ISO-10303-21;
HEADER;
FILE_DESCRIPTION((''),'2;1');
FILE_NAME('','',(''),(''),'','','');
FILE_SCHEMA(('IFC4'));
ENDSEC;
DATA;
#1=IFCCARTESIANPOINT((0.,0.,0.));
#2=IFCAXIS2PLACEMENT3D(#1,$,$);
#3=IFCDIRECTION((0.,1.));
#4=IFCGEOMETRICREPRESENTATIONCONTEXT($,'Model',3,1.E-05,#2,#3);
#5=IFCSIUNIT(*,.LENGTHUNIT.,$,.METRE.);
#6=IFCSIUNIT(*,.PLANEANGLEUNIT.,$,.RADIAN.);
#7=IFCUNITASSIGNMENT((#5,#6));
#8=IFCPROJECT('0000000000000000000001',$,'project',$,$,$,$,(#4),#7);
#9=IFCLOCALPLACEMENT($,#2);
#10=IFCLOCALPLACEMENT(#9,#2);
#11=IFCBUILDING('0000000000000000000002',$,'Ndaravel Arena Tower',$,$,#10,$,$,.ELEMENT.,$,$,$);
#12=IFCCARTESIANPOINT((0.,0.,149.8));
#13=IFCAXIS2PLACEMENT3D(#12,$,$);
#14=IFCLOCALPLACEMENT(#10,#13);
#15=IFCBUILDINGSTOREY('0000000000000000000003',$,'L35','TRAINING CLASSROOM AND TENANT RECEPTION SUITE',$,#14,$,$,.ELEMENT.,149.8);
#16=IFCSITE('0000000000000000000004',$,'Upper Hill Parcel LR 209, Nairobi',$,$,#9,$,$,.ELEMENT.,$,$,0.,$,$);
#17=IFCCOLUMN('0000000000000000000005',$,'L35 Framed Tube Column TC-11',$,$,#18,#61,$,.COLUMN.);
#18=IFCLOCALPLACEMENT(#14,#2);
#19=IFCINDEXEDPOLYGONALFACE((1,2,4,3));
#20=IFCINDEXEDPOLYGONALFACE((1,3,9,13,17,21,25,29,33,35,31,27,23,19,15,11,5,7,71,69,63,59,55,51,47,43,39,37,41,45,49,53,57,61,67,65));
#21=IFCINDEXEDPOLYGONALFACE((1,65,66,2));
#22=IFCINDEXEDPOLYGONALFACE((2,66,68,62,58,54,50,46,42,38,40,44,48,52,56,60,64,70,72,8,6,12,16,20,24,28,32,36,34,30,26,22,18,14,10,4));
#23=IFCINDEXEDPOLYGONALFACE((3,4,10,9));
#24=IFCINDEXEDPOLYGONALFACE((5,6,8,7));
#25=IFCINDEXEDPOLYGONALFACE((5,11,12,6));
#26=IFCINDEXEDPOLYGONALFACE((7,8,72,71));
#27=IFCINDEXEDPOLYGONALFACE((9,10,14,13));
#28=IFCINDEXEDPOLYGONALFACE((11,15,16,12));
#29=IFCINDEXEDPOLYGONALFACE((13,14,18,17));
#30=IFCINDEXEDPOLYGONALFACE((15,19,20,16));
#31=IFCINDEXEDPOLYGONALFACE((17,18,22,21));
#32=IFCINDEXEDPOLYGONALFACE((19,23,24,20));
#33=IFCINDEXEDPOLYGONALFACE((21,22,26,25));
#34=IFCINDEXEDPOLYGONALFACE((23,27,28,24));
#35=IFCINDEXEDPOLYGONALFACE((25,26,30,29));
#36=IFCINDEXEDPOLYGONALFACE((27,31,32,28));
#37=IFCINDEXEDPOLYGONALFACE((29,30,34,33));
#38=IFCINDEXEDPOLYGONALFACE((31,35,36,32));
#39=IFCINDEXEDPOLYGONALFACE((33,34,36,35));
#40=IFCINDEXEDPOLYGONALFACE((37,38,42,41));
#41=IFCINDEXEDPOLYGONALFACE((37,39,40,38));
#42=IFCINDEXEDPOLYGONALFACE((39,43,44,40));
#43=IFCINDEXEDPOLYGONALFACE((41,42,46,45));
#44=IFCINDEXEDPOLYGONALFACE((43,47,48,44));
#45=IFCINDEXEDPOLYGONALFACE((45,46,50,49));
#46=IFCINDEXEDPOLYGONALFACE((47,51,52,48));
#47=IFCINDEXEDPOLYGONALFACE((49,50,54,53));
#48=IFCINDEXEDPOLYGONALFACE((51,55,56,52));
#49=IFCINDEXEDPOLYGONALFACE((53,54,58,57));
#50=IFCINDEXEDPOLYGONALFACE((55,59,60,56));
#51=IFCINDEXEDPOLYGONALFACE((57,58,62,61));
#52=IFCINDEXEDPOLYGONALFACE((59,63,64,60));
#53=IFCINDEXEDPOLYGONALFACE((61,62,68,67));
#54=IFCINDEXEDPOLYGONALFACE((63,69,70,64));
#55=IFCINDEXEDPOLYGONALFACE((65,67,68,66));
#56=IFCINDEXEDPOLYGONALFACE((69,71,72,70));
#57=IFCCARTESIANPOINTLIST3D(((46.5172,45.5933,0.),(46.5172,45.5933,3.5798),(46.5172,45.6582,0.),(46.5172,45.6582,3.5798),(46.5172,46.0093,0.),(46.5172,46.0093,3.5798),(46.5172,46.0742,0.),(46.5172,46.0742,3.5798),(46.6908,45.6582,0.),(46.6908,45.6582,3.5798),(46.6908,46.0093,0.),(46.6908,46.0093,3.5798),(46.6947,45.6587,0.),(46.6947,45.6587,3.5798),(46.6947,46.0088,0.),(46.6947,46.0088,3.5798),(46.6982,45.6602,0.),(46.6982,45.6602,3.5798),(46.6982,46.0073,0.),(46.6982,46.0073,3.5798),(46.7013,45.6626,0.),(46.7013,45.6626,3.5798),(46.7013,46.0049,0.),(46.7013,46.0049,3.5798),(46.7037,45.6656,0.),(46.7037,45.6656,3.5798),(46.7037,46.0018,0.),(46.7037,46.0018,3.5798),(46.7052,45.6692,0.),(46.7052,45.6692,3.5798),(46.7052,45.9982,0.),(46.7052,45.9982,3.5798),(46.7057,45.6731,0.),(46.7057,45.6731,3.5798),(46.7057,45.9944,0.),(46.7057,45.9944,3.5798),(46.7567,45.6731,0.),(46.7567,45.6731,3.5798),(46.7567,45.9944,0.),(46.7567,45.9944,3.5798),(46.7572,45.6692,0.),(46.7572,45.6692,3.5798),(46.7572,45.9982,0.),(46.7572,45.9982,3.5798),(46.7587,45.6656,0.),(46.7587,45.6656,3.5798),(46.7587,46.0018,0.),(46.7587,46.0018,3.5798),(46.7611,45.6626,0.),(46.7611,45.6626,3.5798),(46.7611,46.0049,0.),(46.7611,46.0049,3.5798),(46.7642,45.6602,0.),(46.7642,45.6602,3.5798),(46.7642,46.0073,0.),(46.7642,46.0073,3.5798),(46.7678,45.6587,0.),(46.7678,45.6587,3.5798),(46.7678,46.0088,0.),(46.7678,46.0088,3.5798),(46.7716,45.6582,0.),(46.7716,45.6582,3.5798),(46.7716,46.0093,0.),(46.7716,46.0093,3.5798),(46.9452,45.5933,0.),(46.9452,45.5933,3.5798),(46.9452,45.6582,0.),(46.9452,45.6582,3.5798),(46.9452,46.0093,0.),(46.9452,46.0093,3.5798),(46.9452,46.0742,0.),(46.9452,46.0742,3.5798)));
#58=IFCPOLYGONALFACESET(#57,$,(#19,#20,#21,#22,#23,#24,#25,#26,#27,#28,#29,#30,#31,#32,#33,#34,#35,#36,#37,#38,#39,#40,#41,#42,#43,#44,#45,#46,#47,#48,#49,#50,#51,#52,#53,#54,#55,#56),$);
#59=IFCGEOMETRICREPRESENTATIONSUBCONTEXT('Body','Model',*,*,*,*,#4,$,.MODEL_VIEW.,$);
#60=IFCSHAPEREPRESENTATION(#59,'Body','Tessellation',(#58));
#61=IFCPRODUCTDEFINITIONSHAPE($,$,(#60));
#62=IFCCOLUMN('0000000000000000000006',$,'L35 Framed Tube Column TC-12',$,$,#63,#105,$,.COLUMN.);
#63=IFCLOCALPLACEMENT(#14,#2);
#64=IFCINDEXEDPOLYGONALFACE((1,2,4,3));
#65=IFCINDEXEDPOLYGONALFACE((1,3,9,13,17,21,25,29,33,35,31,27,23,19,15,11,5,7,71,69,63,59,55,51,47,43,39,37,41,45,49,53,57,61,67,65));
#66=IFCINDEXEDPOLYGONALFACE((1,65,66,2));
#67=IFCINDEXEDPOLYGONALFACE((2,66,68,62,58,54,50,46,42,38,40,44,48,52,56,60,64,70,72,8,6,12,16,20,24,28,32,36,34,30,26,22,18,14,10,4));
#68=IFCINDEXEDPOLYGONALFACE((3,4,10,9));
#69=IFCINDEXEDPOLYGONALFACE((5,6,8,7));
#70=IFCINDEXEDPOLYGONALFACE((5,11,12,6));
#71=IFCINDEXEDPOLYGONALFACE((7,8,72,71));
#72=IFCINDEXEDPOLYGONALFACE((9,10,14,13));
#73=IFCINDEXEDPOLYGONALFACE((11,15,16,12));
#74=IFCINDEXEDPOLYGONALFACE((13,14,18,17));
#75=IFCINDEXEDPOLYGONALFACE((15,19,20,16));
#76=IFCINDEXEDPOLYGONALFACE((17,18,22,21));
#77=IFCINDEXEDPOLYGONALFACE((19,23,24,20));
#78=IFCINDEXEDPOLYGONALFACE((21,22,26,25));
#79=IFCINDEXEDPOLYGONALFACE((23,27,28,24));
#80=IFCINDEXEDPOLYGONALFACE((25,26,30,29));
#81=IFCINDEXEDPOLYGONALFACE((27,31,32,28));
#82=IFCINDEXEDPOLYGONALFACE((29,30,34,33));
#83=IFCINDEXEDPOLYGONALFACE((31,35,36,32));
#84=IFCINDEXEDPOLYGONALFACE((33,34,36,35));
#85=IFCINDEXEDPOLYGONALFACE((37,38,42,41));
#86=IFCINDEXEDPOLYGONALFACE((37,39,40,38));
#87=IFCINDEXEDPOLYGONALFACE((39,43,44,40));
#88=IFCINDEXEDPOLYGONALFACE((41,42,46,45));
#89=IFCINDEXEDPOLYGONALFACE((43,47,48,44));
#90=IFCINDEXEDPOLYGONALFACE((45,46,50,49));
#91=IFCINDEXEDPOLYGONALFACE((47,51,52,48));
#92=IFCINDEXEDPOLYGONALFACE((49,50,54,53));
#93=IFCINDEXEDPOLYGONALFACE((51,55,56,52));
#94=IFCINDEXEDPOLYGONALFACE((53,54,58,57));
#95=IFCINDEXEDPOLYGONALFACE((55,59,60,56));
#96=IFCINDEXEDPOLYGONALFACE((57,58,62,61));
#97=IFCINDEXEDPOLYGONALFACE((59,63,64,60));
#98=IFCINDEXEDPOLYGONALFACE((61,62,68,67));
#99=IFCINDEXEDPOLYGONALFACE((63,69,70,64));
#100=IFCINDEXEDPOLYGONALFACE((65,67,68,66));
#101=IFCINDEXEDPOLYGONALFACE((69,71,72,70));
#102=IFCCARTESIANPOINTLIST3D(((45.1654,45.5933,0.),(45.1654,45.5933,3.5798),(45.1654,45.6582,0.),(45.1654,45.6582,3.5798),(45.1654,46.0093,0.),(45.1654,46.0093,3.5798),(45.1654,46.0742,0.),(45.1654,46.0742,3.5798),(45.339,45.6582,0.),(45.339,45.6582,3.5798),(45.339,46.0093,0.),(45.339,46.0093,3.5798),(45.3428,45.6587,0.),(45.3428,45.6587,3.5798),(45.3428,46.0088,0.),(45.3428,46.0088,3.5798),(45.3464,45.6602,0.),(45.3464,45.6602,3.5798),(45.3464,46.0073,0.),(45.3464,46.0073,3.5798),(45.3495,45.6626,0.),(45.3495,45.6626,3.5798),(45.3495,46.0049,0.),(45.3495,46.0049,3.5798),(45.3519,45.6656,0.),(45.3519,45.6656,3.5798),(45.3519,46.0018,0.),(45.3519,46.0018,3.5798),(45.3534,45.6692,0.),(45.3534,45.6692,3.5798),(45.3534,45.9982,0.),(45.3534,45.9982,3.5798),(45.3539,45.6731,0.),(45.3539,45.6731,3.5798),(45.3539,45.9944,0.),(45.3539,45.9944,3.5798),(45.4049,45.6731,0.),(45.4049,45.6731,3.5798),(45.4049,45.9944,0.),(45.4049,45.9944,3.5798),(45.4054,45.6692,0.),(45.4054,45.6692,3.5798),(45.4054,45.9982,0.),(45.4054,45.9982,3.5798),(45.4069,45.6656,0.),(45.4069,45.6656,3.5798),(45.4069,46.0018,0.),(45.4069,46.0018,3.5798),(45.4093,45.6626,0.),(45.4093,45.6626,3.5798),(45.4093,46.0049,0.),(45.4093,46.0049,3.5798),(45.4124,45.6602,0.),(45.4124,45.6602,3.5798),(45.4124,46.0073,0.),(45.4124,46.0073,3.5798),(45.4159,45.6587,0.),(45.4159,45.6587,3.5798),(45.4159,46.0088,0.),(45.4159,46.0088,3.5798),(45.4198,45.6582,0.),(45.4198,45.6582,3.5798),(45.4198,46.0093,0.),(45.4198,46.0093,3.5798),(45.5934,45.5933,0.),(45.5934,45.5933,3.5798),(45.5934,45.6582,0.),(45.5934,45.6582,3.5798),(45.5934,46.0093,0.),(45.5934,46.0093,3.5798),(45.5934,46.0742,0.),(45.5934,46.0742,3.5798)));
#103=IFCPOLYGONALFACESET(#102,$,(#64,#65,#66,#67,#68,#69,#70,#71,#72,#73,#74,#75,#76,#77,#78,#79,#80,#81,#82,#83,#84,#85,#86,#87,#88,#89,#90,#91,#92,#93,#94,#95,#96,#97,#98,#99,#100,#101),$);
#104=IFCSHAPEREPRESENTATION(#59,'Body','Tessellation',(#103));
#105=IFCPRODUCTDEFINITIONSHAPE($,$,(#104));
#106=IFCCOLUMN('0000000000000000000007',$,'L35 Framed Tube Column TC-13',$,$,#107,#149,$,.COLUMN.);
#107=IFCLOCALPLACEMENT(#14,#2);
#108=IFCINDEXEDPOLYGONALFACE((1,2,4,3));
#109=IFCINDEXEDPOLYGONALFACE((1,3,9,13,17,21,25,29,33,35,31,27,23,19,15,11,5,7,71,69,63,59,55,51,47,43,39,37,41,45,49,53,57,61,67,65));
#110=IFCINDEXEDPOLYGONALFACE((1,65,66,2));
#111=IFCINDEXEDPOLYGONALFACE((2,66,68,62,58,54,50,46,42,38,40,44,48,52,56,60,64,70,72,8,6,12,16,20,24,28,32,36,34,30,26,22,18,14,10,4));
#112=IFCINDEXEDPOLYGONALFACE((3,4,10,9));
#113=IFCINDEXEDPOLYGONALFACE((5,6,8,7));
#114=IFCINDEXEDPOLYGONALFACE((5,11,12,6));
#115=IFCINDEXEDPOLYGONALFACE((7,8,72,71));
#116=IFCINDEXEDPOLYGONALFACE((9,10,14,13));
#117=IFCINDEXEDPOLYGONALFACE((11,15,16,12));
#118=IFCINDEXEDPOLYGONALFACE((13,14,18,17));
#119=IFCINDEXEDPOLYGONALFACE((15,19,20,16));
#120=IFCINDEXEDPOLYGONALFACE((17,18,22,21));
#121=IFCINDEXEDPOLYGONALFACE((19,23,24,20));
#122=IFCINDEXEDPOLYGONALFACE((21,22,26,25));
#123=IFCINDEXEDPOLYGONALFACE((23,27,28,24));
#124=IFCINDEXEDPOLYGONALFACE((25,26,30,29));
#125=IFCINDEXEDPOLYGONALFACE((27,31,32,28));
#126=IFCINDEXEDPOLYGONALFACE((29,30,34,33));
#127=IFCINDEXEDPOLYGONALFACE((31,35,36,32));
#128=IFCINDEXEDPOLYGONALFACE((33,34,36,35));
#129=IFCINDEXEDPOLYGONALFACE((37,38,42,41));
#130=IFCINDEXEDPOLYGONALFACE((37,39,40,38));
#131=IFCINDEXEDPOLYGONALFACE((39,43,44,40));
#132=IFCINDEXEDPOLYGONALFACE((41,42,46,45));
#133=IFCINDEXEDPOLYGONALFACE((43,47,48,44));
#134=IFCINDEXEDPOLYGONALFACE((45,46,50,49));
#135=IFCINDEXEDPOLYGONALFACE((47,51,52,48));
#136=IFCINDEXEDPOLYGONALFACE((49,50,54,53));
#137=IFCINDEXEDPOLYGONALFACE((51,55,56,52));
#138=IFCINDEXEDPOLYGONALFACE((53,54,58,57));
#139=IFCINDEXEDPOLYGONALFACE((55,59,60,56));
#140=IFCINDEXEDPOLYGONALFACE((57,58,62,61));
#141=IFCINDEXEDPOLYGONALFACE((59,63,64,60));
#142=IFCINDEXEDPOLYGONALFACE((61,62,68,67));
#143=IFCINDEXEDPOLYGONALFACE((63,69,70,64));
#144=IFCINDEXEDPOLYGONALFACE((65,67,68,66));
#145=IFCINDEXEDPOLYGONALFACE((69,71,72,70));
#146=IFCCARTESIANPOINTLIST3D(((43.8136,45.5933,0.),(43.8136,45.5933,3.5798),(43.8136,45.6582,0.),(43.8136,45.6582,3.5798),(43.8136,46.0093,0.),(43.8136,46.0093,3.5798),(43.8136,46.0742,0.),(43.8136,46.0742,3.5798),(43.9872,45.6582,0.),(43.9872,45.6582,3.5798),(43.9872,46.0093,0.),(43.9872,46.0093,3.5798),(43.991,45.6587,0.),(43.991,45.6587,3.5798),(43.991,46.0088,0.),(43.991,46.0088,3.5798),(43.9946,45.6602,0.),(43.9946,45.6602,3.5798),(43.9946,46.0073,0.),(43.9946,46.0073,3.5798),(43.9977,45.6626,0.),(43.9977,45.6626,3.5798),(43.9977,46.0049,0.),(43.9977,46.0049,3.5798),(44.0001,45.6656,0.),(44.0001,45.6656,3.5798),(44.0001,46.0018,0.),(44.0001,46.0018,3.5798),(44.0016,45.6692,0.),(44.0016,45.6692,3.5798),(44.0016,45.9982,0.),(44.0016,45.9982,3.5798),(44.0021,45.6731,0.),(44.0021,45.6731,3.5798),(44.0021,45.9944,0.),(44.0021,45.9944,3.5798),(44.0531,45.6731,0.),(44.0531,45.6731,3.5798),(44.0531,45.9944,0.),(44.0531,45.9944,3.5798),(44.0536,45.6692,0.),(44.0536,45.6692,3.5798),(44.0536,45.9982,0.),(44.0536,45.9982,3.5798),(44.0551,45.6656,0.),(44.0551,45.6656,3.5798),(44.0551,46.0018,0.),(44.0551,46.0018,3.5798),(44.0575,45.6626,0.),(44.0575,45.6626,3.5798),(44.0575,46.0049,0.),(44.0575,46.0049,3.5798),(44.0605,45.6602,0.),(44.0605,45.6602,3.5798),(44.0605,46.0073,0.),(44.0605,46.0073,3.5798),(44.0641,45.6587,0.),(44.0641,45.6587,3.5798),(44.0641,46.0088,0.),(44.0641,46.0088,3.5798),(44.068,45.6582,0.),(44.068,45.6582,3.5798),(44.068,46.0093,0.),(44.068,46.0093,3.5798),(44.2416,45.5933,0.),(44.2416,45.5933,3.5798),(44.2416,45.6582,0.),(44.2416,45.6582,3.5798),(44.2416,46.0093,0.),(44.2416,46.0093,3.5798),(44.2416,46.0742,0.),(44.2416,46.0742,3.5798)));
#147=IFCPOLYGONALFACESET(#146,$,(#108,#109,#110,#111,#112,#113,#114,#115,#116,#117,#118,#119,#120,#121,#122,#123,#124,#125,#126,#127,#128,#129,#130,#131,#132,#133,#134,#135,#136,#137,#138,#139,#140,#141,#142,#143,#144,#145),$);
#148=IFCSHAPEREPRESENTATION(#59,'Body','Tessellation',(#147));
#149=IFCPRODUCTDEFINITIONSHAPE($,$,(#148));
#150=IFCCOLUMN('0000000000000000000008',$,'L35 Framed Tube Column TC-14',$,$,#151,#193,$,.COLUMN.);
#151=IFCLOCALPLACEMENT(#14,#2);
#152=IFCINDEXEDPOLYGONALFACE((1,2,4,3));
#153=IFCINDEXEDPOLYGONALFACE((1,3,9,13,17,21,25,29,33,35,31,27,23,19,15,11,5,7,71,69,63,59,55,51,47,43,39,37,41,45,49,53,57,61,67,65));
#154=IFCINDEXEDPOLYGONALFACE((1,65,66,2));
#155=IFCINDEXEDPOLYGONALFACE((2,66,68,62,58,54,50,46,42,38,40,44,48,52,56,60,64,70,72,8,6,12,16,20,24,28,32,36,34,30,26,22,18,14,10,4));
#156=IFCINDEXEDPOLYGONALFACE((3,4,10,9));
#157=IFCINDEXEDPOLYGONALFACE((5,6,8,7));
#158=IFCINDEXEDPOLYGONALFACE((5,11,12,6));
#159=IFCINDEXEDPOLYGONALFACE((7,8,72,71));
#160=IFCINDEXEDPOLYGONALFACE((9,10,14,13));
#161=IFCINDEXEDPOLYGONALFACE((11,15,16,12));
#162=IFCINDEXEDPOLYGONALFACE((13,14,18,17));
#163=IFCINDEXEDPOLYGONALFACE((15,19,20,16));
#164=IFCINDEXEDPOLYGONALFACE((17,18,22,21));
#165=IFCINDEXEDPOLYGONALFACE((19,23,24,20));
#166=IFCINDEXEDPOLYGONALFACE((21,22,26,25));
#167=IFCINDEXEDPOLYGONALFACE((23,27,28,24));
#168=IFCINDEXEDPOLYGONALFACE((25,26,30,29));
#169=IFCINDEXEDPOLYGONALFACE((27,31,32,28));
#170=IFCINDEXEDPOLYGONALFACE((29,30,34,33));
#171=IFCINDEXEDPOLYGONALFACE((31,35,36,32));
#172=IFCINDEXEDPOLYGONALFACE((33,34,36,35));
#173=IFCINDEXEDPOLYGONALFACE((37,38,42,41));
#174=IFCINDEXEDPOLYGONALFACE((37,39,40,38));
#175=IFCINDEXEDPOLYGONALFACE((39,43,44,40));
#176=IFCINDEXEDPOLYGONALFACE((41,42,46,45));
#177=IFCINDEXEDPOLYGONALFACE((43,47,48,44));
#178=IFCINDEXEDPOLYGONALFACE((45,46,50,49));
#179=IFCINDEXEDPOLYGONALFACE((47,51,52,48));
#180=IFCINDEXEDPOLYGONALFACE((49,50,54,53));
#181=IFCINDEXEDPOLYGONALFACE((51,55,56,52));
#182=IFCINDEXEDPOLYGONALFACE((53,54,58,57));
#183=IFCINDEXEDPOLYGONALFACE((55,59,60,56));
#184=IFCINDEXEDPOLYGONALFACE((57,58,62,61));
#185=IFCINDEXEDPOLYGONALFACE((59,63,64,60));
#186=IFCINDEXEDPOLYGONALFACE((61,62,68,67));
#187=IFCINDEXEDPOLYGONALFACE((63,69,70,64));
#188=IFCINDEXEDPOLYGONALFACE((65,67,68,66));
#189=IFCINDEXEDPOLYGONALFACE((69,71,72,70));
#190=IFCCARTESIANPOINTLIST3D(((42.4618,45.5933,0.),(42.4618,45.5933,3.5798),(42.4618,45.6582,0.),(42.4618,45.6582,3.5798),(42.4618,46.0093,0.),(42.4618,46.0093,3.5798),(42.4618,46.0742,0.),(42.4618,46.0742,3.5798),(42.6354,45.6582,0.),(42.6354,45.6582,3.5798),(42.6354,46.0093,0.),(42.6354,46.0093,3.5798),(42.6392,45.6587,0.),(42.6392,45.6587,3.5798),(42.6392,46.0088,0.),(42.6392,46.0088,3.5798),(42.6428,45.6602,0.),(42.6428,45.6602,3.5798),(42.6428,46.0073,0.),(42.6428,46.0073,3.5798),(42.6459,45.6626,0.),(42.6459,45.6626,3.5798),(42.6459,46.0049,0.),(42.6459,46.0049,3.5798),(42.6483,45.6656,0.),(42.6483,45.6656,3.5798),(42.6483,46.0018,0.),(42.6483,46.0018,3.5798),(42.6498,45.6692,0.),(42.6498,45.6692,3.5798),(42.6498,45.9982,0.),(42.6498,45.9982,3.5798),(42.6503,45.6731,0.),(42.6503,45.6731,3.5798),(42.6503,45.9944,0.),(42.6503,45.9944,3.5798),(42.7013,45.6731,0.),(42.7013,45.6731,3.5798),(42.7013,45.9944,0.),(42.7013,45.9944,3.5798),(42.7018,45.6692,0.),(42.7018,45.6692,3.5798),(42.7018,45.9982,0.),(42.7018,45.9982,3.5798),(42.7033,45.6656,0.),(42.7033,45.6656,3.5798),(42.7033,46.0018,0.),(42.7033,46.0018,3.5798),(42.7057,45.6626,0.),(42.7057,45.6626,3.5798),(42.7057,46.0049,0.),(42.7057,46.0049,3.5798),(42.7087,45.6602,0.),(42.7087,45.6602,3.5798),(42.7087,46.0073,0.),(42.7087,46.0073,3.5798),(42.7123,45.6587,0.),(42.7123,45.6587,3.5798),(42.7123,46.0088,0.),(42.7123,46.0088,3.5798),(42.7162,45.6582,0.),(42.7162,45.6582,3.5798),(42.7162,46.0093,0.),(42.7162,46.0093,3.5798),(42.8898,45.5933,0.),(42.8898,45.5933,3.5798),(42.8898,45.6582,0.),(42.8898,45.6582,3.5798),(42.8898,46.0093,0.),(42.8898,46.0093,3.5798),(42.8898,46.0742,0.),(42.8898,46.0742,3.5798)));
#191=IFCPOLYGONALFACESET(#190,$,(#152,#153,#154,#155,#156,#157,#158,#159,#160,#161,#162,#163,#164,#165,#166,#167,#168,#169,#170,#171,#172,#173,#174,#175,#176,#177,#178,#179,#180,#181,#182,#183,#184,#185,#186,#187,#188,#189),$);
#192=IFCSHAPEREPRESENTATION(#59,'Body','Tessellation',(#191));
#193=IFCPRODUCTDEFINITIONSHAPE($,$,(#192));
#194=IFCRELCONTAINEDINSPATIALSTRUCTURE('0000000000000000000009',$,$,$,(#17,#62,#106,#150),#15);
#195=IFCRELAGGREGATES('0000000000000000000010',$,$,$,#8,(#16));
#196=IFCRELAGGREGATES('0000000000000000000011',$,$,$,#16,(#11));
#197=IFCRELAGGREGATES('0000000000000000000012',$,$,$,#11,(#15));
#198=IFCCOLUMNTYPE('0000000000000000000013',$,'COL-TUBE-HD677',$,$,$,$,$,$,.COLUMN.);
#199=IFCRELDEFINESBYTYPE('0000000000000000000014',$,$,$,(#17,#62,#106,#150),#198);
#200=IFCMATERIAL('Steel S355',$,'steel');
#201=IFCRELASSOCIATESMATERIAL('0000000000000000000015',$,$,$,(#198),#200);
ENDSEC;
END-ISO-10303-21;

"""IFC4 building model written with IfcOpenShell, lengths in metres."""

from ifc_helpers import new_model, si_unit, direction, frame, origin, origin_2d, place, context, subcontext, project, spatial, i_section, extrude, material, material_profile, profile_set, type_object, element, save


model = new_model("IFC4")

# Units and contexts
model_context = context("Model", 3, precision=1e-05, world=origin(), true_north=direction((0.0, 1.0)))
body_context = subcontext(model_context, "Body", "Model", "MODEL_VIEW")
ifc_project = project(units=[si_unit("LENGTHUNIT", "METRE"), si_unit("PLANEANGLEUNIT", "RADIAN")], contexts=[model_context])

# Site, building, storey
site_placement = place(None, origin())
site = spatial("IfcSite", under=ifc_project, at=site_placement, Name="Upper Hill Parcel LR 209, Nairobi", CompositionType="ELEMENT", RefElevation=0.0)
building_placement = place(site_placement, origin())
building = spatial("IfcBuilding", under=site, at=building_placement, Name="Ndaravel Arena Tower", CompositionType="ELEMENT")
storey_placement = place(building_placement, frame((0.0, 0.0, 149.8)))
storey = spatial("IfcBuildingStorey", under=building, at=storey_placement, Name="L35", Description="TRAINING CLASSROOM AND TENANT RECEPTION SUITE", CompositionType="ELEMENT", Elevation=149.8)

# Columns
ifc_material_1 = material(Name="Steel S355", Category="steel")
ifc_material_profile_1 = material_profile(ifc_material_1, i_section(OverallWidth=0.428, OverallDepth=0.481, WebThickness=0.051, FlangeThickness=0.0649, FilletRadius=0.0149, at=origin_2d()), Name="HD 400x677")
ifc_profile_set_1 = profile_set([ifc_material_profile_1], Name="Steel S355")
column_type = type_object("IfcColumnType", Name="COL-TUBE-HD677", PredefinedType="COLUMN", material=ifc_profile_set_1)
for number, where, z_axis, x_axis, name in (
    (1, (46.7312, 45.8337, 0.0), (0.0, 0.0, 1.0), (1.0, 0.0, 0.0), "L35 Framed Tube Column TC-11"),
    (2, (45.3794, 45.8337, 0.0), (0.0, 0.0, 1.0), (1.0, 0.0, 0.0), "L35 Framed Tube Column TC-12"),
    (3, (44.0276, 45.8337, 0.0), (0.0, 0.0, 1.0), (1.0, 0.0, 0.0), "L35 Framed Tube Column TC-13"),
    (4, (42.6758, 45.8337, 0.0), (0.0, 0.0, 1.0), (1.0, 0.0, 0.0), "L35 Framed Tube Column TC-14"),
):
    element("IfcColumn", number, at=place(storey_placement, frame(where, z_axis=z_axis, x_axis=x_axis)), inside=storey, type_object=column_type, Name=name, PredefinedType="COLUMN", context=body_context, shape_type="SweptSolid", body=[
        extrude(i_section(OverallWidth=0.428, OverallDepth=0.481, WebThickness=0.051, FlangeThickness=0.0649, FilletRadius=0.0149, at=origin_2d()), origin(), (0.0, 0.0, 1.0), 3.5798),
    ])

save(model, "model.ifc")
